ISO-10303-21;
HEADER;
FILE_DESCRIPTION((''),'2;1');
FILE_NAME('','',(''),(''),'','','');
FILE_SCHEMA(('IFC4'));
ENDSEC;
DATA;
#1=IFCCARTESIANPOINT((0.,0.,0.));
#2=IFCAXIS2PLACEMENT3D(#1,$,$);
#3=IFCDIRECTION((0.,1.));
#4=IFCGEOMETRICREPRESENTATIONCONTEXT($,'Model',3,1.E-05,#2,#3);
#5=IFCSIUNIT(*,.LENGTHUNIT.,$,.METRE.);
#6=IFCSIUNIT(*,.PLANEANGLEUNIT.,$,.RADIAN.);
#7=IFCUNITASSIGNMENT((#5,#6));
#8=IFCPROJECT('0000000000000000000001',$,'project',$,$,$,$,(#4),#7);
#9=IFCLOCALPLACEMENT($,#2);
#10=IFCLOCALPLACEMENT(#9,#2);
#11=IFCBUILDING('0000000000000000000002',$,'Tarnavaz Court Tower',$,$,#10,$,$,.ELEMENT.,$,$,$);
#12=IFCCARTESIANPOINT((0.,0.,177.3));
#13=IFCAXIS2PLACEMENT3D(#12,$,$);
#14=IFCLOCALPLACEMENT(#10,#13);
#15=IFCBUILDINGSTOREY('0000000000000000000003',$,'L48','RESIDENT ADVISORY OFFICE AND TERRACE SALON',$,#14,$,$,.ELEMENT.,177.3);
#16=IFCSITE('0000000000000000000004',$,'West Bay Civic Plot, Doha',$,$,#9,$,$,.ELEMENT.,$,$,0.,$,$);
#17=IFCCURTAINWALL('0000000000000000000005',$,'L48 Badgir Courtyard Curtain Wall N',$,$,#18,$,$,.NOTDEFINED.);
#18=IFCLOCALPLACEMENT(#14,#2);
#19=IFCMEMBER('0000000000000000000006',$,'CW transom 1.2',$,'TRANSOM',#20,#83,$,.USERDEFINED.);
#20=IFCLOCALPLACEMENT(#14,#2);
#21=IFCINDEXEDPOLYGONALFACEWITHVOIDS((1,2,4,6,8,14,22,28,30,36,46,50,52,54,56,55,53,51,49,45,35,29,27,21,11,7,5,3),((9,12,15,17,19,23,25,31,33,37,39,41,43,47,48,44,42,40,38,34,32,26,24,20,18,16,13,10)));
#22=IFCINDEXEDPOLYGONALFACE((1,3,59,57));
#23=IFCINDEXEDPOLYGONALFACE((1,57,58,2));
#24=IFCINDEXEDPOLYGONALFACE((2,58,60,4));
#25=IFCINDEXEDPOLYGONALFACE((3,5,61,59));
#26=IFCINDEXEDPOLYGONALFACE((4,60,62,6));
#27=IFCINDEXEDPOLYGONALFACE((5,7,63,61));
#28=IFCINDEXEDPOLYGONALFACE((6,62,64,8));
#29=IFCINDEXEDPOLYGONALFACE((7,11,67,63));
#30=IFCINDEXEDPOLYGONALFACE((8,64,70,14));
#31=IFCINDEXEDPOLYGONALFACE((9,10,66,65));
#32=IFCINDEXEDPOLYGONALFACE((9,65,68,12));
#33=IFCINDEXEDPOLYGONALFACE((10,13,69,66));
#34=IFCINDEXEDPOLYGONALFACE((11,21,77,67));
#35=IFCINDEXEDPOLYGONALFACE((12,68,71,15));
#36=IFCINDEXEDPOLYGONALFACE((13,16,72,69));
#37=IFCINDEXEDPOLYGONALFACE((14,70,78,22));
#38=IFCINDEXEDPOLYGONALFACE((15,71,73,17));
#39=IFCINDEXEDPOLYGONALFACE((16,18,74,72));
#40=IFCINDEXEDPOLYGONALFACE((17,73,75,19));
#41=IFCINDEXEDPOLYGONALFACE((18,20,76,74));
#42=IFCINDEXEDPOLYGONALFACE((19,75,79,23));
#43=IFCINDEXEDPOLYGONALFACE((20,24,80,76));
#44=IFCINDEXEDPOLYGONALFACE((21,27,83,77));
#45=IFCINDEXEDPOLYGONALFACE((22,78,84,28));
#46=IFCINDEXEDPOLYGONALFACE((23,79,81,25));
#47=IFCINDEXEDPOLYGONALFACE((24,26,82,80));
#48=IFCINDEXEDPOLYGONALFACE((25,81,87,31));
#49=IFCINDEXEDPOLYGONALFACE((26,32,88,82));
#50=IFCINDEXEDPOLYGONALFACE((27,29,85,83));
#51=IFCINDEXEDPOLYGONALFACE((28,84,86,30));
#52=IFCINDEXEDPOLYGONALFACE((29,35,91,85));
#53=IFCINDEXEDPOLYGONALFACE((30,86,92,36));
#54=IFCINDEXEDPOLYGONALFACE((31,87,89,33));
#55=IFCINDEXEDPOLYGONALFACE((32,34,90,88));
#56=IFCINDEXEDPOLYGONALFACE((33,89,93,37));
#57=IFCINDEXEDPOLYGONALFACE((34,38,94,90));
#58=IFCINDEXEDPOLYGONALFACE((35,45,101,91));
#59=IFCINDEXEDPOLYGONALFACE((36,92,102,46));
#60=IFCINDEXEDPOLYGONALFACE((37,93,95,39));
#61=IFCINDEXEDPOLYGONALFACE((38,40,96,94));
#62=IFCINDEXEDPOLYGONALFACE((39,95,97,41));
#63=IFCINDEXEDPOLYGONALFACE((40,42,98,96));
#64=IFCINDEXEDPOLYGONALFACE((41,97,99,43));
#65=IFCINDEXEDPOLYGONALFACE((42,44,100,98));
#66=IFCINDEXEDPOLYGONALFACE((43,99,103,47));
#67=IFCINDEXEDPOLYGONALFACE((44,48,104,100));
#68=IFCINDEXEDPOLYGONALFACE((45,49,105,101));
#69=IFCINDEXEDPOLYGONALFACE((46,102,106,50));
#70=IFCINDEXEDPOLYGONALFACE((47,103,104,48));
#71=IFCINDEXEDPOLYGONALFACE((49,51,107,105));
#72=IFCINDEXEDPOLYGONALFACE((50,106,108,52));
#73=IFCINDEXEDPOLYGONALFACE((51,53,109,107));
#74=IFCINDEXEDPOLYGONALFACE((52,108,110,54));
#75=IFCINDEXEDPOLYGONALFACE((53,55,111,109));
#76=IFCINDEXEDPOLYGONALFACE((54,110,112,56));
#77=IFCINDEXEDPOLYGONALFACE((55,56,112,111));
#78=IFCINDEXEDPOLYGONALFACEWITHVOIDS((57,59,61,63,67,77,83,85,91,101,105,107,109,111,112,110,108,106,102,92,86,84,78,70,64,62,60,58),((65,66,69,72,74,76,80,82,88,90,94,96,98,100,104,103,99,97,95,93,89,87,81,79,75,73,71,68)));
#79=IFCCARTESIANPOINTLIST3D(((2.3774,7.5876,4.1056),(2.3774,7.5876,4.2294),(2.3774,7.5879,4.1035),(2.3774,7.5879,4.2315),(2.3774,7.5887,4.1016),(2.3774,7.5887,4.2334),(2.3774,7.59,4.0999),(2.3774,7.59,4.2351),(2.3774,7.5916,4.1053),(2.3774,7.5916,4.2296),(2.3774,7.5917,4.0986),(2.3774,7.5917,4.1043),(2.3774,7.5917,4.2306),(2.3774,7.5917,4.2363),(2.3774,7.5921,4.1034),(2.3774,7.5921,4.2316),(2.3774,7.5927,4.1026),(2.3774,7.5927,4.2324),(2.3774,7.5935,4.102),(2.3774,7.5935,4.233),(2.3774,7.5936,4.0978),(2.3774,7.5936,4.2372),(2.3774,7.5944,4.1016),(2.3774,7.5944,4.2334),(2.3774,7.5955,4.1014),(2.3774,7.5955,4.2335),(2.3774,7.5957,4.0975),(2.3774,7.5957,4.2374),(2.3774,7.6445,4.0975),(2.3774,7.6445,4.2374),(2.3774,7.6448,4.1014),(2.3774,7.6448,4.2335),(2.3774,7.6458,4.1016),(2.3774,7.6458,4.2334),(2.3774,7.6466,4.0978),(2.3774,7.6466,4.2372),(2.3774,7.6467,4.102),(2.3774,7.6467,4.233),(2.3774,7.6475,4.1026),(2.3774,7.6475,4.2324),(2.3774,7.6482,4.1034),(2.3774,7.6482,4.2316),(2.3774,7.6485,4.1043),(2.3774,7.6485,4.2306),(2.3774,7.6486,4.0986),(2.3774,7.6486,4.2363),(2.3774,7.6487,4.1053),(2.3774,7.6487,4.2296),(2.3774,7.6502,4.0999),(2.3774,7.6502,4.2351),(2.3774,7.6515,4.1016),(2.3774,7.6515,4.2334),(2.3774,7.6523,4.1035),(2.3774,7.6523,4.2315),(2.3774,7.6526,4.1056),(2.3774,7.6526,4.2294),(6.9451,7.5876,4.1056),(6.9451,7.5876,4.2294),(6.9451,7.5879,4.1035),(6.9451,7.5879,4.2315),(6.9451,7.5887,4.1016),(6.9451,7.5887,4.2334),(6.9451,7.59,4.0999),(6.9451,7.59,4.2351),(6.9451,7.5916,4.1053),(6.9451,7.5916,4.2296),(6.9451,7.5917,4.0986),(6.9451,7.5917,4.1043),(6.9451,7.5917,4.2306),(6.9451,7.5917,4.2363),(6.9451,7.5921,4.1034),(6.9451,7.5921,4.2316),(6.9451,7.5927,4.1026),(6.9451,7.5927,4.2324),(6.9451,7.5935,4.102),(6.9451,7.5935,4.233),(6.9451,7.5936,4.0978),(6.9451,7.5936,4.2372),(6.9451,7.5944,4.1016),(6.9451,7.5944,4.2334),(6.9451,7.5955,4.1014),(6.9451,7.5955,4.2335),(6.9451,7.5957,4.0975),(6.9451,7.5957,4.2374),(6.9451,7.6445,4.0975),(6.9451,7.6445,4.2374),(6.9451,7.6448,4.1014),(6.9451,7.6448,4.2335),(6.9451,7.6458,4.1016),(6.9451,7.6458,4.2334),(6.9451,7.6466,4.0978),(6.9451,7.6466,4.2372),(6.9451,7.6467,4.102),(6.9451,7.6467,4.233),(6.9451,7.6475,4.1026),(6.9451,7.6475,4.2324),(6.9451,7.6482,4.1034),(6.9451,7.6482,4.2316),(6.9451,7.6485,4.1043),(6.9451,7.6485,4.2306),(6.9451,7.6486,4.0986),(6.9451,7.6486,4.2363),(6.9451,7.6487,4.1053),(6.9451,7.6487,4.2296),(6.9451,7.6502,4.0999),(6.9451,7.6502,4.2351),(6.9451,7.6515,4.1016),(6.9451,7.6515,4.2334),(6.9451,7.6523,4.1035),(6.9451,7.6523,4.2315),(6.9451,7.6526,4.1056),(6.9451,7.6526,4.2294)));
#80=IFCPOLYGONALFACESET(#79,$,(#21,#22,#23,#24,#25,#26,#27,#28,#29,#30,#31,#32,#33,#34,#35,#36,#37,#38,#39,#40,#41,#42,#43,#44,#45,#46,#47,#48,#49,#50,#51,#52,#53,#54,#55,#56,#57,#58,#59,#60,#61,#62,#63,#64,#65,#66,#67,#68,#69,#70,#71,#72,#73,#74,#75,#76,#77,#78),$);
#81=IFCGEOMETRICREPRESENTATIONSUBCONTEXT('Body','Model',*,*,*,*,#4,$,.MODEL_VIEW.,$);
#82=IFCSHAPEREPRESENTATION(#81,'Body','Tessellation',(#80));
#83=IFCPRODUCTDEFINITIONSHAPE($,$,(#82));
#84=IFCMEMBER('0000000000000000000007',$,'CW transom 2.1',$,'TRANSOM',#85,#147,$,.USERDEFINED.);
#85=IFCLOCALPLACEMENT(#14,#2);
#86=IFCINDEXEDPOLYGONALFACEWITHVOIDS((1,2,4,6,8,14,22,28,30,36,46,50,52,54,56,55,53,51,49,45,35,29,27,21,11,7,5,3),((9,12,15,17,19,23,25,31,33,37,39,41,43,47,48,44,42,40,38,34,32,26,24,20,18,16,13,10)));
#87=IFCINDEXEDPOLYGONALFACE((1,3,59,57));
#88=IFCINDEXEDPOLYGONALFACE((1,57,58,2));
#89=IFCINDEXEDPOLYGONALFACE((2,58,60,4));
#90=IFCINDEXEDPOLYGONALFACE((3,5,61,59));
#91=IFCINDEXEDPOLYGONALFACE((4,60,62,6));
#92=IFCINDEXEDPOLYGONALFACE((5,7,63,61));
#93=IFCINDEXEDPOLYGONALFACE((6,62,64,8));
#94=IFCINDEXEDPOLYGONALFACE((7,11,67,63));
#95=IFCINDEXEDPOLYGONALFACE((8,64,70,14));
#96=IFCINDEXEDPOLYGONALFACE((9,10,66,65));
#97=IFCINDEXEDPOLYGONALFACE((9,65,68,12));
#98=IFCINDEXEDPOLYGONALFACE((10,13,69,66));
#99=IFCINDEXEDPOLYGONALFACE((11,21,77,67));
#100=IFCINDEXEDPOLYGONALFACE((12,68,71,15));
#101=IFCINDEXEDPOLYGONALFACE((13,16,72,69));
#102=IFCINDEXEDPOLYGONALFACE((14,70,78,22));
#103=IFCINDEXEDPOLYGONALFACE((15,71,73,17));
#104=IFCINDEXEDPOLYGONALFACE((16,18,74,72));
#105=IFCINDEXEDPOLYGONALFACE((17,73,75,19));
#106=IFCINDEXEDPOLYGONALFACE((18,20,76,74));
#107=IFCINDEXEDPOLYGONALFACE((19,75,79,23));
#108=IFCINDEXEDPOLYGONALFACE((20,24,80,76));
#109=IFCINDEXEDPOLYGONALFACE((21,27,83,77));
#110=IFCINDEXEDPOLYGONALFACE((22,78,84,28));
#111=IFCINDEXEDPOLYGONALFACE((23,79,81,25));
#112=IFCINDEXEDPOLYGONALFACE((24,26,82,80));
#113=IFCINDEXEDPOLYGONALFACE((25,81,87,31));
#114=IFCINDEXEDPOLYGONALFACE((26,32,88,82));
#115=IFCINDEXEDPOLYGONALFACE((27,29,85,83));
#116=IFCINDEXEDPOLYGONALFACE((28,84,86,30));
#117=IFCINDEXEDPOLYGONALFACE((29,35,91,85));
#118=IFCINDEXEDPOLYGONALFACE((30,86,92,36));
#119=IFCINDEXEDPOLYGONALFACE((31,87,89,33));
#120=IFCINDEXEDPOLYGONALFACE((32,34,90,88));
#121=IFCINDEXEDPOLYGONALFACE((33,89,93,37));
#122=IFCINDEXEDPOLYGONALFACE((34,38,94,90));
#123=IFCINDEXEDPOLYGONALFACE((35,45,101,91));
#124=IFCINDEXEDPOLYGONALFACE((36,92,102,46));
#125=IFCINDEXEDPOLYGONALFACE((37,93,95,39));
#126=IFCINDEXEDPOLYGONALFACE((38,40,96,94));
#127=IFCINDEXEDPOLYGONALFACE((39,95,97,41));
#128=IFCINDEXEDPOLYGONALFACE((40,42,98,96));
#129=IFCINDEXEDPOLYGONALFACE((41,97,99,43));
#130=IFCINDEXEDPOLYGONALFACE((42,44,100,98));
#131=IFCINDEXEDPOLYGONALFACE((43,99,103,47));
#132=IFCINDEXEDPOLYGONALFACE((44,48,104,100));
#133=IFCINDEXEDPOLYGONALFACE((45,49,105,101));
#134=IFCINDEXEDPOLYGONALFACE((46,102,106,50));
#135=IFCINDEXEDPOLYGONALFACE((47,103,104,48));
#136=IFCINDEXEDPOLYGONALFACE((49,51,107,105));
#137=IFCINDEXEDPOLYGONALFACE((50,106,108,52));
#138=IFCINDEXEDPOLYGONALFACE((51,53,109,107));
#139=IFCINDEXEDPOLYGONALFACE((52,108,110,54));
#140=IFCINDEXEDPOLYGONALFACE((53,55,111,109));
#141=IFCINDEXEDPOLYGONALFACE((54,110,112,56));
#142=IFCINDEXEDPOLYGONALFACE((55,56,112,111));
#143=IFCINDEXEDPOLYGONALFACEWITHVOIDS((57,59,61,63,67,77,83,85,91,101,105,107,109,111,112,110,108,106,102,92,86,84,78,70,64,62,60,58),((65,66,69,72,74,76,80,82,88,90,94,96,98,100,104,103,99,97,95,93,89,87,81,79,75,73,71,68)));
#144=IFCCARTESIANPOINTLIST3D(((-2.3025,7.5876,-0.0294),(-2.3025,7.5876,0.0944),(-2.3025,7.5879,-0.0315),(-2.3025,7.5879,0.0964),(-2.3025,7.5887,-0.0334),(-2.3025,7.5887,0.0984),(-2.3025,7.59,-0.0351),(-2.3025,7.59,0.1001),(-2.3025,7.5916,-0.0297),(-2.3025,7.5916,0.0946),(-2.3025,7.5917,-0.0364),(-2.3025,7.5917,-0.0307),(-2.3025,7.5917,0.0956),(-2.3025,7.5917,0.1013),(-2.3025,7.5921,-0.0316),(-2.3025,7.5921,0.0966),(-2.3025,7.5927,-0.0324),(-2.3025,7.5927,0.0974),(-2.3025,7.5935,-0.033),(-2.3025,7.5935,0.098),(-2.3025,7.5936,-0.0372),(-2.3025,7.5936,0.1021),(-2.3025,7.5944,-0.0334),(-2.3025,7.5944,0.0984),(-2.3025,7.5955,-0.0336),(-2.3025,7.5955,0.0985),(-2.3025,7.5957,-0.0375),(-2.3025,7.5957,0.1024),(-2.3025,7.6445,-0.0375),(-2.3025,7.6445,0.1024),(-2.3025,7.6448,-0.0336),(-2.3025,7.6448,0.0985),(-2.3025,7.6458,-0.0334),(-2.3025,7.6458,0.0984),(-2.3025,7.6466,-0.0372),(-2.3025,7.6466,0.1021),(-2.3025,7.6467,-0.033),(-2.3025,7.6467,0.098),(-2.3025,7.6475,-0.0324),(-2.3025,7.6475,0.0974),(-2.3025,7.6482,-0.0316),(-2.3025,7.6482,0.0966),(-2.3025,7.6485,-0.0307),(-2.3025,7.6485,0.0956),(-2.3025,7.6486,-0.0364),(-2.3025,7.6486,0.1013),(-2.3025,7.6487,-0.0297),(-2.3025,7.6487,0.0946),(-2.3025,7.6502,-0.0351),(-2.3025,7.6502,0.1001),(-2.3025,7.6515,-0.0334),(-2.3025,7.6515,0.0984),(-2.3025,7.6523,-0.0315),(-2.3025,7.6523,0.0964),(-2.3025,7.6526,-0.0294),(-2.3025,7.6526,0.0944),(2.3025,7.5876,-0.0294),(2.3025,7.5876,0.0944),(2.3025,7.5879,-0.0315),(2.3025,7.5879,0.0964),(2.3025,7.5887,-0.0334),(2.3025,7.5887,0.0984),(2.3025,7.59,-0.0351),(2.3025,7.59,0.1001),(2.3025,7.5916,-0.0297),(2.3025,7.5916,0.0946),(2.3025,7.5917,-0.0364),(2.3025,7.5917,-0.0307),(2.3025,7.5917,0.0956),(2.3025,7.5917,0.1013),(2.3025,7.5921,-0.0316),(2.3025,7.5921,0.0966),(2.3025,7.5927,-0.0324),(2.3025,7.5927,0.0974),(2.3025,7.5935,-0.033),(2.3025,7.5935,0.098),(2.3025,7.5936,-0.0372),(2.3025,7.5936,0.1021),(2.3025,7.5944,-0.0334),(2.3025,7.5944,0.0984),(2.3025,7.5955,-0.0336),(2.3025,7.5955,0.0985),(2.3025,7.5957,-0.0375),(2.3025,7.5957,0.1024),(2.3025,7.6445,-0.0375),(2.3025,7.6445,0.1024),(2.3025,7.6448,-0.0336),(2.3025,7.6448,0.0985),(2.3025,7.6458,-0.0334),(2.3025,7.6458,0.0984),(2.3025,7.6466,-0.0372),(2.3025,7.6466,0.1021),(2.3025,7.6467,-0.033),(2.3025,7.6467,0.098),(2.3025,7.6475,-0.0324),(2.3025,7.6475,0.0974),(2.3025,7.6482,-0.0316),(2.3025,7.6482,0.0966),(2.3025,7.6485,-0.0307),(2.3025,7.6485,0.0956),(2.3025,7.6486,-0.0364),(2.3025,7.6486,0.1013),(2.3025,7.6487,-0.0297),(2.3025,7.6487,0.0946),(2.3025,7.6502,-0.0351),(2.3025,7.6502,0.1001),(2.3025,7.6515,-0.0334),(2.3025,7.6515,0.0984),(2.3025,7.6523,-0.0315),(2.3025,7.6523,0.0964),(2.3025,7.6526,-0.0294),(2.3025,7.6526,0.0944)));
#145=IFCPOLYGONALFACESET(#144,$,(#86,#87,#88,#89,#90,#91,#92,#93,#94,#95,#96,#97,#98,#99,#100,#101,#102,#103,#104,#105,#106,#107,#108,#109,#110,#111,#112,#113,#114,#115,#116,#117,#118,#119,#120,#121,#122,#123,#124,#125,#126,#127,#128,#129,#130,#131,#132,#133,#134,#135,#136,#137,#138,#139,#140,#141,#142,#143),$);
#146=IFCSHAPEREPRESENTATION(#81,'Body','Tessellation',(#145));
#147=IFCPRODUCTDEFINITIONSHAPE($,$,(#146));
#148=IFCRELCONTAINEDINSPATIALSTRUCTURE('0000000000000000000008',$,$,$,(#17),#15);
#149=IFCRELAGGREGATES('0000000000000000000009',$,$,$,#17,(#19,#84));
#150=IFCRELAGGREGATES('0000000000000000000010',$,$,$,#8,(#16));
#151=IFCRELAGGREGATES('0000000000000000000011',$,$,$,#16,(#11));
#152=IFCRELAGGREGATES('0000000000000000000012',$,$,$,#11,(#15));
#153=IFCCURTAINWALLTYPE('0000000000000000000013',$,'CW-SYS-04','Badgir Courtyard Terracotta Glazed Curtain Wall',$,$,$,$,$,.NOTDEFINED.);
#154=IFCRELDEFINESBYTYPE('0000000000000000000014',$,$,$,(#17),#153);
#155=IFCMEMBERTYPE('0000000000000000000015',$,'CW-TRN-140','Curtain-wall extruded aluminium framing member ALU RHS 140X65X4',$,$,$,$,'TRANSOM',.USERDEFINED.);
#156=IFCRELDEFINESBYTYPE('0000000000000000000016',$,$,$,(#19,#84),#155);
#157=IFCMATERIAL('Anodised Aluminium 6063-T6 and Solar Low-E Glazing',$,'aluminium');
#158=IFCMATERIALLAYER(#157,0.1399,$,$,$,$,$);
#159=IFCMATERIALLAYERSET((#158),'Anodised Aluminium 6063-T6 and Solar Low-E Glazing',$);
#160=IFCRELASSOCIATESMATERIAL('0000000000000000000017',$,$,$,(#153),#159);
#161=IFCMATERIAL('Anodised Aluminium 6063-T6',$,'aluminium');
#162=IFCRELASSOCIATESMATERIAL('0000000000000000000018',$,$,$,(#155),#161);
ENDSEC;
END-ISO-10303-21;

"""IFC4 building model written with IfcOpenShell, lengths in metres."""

from ifc_helpers import new_model, si_unit, direction, frame, origin, origin_2d, place, context, subcontext, project, spatial, hollow_rectangle, extrude, material, layer, layer_set, material_profile, profile_set, type_object, element, aggregate, save


model = new_model("IFC4")

# Units and contexts
model_context = context("Model", 3, precision=1e-05, world=origin(), true_north=direction((0.0, 1.0)))
body_context = subcontext(model_context, "Body", "Model", "MODEL_VIEW")
ifc_project = project(units=[si_unit("LENGTHUNIT", "METRE"), si_unit("PLANEANGLEUNIT", "RADIAN")], contexts=[model_context])

# Site, building, storey
site_placement = place(None, origin())
site = spatial("IfcSite", under=ifc_project, at=site_placement, Name="West Bay Civic Plot, Doha", CompositionType="ELEMENT", RefElevation=0.0)
building_placement = place(site_placement, origin())
building = spatial("IfcBuilding", under=site, at=building_placement, Name="Tarnavaz Court Tower", CompositionType="ELEMENT")
storey_placement = place(building_placement, frame((0.0, 0.0, 177.3)))
storey = spatial("IfcBuildingStorey", under=building, at=storey_placement, Name="L48", Description="RESIDENT ADVISORY OFFICE AND TERRACE SALON", CompositionType="ELEMENT", Elevation=177.3)

# Curtain wall, members
ifc_material_1 = material(Name="Anodised Aluminium 6063-T6 and Solar Low-E Glazing", Category="aluminium")
ifc_layer_1 = layer(ifc_material_1, 0.1399)
ifc_layer_set_1 = layer_set([ifc_layer_1], Name="Anodised Aluminium 6063-T6 and Solar Low-E Glazing")
curtain_wall_type = type_object("IfcCurtainWallType", Name="CW-SYS-04", Description="Badgir Courtyard Terracotta Glazed Curtain Wall", PredefinedType="NOTDEFINED", material=ifc_layer_set_1)
curtain_wall_placement = place(storey_placement, origin())
curtain_wall = element("IfcCurtainWall", 1, at=curtain_wall_placement, inside=storey, type_object=curtain_wall_type, Name="L48 Badgir Courtyard Curtain Wall N", PredefinedType="NOTDEFINED")
ifc_material_2 = material(Name="Anodised Aluminium 6063-T6", Category="aluminium")
ifc_material_profile_1 = material_profile(ifc_material_2, hollow_rectangle(XDim=0.0649, YDim=0.1399, WallThickness=0.0039, InnerFilletRadius=0.0039, OuterFilletRadius=0.0081, at=origin_2d()), Name="ALU RHS 140X65X4")
ifc_profile_set_1 = profile_set([ifc_material_profile_1], Name="Anodised Aluminium 6063-T6")
member_type_1 = type_object("IfcMemberType", Name="CW-TRN-140", Description="Curtain-wall extruded aluminium framing member ALU RHS 140X65X4", ElementType="TRANSOM", PredefinedType="USERDEFINED", material=ifc_profile_set_1)
member_1_placement = place(storey_placement, frame((6.9451, 7.6201, 4.1675), z_axis=(-1.0, 0.0, 0.0), x_axis=(0.0, -1.0, 0.0)))
member_1 = element("IfcMember", 2, at=member_1_placement, type_object=member_type_1, Name="CW transom 1.2", ObjectType="TRANSOM", PredefinedType="USERDEFINED", context=body_context, shape_type="SweptSolid", body=[
    extrude(hollow_rectangle(XDim=0.0649, YDim=0.1399, WallThickness=0.0039, InnerFilletRadius=0.0039, OuterFilletRadius=0.0081, at=origin_2d()), origin(), (0.0, 0.0, 1.0), 4.5676),
])
member_2_placement = place(storey_placement, frame((2.3025, 7.6201, 0.0325), z_axis=(-1.0, 0.0, 0.0), x_axis=(0.0, -1.0, 0.0)))
member_2 = element("IfcMember", 3, at=member_2_placement, type_object=member_type_1, Name="CW transom 2.1", ObjectType="TRANSOM", PredefinedType="USERDEFINED", context=body_context, shape_type="SweptSolid", body=[
    extrude(hollow_rectangle(XDim=0.0649, YDim=0.1399, WallThickness=0.0039, InnerFilletRadius=0.0039, OuterFilletRadius=0.0081, at=origin_2d()), origin(), (0.0, 0.0, 1.0), 4.605),
])
aggregate(curtain_wall, [member_1, member_2])

save(model, "model.ifc")
